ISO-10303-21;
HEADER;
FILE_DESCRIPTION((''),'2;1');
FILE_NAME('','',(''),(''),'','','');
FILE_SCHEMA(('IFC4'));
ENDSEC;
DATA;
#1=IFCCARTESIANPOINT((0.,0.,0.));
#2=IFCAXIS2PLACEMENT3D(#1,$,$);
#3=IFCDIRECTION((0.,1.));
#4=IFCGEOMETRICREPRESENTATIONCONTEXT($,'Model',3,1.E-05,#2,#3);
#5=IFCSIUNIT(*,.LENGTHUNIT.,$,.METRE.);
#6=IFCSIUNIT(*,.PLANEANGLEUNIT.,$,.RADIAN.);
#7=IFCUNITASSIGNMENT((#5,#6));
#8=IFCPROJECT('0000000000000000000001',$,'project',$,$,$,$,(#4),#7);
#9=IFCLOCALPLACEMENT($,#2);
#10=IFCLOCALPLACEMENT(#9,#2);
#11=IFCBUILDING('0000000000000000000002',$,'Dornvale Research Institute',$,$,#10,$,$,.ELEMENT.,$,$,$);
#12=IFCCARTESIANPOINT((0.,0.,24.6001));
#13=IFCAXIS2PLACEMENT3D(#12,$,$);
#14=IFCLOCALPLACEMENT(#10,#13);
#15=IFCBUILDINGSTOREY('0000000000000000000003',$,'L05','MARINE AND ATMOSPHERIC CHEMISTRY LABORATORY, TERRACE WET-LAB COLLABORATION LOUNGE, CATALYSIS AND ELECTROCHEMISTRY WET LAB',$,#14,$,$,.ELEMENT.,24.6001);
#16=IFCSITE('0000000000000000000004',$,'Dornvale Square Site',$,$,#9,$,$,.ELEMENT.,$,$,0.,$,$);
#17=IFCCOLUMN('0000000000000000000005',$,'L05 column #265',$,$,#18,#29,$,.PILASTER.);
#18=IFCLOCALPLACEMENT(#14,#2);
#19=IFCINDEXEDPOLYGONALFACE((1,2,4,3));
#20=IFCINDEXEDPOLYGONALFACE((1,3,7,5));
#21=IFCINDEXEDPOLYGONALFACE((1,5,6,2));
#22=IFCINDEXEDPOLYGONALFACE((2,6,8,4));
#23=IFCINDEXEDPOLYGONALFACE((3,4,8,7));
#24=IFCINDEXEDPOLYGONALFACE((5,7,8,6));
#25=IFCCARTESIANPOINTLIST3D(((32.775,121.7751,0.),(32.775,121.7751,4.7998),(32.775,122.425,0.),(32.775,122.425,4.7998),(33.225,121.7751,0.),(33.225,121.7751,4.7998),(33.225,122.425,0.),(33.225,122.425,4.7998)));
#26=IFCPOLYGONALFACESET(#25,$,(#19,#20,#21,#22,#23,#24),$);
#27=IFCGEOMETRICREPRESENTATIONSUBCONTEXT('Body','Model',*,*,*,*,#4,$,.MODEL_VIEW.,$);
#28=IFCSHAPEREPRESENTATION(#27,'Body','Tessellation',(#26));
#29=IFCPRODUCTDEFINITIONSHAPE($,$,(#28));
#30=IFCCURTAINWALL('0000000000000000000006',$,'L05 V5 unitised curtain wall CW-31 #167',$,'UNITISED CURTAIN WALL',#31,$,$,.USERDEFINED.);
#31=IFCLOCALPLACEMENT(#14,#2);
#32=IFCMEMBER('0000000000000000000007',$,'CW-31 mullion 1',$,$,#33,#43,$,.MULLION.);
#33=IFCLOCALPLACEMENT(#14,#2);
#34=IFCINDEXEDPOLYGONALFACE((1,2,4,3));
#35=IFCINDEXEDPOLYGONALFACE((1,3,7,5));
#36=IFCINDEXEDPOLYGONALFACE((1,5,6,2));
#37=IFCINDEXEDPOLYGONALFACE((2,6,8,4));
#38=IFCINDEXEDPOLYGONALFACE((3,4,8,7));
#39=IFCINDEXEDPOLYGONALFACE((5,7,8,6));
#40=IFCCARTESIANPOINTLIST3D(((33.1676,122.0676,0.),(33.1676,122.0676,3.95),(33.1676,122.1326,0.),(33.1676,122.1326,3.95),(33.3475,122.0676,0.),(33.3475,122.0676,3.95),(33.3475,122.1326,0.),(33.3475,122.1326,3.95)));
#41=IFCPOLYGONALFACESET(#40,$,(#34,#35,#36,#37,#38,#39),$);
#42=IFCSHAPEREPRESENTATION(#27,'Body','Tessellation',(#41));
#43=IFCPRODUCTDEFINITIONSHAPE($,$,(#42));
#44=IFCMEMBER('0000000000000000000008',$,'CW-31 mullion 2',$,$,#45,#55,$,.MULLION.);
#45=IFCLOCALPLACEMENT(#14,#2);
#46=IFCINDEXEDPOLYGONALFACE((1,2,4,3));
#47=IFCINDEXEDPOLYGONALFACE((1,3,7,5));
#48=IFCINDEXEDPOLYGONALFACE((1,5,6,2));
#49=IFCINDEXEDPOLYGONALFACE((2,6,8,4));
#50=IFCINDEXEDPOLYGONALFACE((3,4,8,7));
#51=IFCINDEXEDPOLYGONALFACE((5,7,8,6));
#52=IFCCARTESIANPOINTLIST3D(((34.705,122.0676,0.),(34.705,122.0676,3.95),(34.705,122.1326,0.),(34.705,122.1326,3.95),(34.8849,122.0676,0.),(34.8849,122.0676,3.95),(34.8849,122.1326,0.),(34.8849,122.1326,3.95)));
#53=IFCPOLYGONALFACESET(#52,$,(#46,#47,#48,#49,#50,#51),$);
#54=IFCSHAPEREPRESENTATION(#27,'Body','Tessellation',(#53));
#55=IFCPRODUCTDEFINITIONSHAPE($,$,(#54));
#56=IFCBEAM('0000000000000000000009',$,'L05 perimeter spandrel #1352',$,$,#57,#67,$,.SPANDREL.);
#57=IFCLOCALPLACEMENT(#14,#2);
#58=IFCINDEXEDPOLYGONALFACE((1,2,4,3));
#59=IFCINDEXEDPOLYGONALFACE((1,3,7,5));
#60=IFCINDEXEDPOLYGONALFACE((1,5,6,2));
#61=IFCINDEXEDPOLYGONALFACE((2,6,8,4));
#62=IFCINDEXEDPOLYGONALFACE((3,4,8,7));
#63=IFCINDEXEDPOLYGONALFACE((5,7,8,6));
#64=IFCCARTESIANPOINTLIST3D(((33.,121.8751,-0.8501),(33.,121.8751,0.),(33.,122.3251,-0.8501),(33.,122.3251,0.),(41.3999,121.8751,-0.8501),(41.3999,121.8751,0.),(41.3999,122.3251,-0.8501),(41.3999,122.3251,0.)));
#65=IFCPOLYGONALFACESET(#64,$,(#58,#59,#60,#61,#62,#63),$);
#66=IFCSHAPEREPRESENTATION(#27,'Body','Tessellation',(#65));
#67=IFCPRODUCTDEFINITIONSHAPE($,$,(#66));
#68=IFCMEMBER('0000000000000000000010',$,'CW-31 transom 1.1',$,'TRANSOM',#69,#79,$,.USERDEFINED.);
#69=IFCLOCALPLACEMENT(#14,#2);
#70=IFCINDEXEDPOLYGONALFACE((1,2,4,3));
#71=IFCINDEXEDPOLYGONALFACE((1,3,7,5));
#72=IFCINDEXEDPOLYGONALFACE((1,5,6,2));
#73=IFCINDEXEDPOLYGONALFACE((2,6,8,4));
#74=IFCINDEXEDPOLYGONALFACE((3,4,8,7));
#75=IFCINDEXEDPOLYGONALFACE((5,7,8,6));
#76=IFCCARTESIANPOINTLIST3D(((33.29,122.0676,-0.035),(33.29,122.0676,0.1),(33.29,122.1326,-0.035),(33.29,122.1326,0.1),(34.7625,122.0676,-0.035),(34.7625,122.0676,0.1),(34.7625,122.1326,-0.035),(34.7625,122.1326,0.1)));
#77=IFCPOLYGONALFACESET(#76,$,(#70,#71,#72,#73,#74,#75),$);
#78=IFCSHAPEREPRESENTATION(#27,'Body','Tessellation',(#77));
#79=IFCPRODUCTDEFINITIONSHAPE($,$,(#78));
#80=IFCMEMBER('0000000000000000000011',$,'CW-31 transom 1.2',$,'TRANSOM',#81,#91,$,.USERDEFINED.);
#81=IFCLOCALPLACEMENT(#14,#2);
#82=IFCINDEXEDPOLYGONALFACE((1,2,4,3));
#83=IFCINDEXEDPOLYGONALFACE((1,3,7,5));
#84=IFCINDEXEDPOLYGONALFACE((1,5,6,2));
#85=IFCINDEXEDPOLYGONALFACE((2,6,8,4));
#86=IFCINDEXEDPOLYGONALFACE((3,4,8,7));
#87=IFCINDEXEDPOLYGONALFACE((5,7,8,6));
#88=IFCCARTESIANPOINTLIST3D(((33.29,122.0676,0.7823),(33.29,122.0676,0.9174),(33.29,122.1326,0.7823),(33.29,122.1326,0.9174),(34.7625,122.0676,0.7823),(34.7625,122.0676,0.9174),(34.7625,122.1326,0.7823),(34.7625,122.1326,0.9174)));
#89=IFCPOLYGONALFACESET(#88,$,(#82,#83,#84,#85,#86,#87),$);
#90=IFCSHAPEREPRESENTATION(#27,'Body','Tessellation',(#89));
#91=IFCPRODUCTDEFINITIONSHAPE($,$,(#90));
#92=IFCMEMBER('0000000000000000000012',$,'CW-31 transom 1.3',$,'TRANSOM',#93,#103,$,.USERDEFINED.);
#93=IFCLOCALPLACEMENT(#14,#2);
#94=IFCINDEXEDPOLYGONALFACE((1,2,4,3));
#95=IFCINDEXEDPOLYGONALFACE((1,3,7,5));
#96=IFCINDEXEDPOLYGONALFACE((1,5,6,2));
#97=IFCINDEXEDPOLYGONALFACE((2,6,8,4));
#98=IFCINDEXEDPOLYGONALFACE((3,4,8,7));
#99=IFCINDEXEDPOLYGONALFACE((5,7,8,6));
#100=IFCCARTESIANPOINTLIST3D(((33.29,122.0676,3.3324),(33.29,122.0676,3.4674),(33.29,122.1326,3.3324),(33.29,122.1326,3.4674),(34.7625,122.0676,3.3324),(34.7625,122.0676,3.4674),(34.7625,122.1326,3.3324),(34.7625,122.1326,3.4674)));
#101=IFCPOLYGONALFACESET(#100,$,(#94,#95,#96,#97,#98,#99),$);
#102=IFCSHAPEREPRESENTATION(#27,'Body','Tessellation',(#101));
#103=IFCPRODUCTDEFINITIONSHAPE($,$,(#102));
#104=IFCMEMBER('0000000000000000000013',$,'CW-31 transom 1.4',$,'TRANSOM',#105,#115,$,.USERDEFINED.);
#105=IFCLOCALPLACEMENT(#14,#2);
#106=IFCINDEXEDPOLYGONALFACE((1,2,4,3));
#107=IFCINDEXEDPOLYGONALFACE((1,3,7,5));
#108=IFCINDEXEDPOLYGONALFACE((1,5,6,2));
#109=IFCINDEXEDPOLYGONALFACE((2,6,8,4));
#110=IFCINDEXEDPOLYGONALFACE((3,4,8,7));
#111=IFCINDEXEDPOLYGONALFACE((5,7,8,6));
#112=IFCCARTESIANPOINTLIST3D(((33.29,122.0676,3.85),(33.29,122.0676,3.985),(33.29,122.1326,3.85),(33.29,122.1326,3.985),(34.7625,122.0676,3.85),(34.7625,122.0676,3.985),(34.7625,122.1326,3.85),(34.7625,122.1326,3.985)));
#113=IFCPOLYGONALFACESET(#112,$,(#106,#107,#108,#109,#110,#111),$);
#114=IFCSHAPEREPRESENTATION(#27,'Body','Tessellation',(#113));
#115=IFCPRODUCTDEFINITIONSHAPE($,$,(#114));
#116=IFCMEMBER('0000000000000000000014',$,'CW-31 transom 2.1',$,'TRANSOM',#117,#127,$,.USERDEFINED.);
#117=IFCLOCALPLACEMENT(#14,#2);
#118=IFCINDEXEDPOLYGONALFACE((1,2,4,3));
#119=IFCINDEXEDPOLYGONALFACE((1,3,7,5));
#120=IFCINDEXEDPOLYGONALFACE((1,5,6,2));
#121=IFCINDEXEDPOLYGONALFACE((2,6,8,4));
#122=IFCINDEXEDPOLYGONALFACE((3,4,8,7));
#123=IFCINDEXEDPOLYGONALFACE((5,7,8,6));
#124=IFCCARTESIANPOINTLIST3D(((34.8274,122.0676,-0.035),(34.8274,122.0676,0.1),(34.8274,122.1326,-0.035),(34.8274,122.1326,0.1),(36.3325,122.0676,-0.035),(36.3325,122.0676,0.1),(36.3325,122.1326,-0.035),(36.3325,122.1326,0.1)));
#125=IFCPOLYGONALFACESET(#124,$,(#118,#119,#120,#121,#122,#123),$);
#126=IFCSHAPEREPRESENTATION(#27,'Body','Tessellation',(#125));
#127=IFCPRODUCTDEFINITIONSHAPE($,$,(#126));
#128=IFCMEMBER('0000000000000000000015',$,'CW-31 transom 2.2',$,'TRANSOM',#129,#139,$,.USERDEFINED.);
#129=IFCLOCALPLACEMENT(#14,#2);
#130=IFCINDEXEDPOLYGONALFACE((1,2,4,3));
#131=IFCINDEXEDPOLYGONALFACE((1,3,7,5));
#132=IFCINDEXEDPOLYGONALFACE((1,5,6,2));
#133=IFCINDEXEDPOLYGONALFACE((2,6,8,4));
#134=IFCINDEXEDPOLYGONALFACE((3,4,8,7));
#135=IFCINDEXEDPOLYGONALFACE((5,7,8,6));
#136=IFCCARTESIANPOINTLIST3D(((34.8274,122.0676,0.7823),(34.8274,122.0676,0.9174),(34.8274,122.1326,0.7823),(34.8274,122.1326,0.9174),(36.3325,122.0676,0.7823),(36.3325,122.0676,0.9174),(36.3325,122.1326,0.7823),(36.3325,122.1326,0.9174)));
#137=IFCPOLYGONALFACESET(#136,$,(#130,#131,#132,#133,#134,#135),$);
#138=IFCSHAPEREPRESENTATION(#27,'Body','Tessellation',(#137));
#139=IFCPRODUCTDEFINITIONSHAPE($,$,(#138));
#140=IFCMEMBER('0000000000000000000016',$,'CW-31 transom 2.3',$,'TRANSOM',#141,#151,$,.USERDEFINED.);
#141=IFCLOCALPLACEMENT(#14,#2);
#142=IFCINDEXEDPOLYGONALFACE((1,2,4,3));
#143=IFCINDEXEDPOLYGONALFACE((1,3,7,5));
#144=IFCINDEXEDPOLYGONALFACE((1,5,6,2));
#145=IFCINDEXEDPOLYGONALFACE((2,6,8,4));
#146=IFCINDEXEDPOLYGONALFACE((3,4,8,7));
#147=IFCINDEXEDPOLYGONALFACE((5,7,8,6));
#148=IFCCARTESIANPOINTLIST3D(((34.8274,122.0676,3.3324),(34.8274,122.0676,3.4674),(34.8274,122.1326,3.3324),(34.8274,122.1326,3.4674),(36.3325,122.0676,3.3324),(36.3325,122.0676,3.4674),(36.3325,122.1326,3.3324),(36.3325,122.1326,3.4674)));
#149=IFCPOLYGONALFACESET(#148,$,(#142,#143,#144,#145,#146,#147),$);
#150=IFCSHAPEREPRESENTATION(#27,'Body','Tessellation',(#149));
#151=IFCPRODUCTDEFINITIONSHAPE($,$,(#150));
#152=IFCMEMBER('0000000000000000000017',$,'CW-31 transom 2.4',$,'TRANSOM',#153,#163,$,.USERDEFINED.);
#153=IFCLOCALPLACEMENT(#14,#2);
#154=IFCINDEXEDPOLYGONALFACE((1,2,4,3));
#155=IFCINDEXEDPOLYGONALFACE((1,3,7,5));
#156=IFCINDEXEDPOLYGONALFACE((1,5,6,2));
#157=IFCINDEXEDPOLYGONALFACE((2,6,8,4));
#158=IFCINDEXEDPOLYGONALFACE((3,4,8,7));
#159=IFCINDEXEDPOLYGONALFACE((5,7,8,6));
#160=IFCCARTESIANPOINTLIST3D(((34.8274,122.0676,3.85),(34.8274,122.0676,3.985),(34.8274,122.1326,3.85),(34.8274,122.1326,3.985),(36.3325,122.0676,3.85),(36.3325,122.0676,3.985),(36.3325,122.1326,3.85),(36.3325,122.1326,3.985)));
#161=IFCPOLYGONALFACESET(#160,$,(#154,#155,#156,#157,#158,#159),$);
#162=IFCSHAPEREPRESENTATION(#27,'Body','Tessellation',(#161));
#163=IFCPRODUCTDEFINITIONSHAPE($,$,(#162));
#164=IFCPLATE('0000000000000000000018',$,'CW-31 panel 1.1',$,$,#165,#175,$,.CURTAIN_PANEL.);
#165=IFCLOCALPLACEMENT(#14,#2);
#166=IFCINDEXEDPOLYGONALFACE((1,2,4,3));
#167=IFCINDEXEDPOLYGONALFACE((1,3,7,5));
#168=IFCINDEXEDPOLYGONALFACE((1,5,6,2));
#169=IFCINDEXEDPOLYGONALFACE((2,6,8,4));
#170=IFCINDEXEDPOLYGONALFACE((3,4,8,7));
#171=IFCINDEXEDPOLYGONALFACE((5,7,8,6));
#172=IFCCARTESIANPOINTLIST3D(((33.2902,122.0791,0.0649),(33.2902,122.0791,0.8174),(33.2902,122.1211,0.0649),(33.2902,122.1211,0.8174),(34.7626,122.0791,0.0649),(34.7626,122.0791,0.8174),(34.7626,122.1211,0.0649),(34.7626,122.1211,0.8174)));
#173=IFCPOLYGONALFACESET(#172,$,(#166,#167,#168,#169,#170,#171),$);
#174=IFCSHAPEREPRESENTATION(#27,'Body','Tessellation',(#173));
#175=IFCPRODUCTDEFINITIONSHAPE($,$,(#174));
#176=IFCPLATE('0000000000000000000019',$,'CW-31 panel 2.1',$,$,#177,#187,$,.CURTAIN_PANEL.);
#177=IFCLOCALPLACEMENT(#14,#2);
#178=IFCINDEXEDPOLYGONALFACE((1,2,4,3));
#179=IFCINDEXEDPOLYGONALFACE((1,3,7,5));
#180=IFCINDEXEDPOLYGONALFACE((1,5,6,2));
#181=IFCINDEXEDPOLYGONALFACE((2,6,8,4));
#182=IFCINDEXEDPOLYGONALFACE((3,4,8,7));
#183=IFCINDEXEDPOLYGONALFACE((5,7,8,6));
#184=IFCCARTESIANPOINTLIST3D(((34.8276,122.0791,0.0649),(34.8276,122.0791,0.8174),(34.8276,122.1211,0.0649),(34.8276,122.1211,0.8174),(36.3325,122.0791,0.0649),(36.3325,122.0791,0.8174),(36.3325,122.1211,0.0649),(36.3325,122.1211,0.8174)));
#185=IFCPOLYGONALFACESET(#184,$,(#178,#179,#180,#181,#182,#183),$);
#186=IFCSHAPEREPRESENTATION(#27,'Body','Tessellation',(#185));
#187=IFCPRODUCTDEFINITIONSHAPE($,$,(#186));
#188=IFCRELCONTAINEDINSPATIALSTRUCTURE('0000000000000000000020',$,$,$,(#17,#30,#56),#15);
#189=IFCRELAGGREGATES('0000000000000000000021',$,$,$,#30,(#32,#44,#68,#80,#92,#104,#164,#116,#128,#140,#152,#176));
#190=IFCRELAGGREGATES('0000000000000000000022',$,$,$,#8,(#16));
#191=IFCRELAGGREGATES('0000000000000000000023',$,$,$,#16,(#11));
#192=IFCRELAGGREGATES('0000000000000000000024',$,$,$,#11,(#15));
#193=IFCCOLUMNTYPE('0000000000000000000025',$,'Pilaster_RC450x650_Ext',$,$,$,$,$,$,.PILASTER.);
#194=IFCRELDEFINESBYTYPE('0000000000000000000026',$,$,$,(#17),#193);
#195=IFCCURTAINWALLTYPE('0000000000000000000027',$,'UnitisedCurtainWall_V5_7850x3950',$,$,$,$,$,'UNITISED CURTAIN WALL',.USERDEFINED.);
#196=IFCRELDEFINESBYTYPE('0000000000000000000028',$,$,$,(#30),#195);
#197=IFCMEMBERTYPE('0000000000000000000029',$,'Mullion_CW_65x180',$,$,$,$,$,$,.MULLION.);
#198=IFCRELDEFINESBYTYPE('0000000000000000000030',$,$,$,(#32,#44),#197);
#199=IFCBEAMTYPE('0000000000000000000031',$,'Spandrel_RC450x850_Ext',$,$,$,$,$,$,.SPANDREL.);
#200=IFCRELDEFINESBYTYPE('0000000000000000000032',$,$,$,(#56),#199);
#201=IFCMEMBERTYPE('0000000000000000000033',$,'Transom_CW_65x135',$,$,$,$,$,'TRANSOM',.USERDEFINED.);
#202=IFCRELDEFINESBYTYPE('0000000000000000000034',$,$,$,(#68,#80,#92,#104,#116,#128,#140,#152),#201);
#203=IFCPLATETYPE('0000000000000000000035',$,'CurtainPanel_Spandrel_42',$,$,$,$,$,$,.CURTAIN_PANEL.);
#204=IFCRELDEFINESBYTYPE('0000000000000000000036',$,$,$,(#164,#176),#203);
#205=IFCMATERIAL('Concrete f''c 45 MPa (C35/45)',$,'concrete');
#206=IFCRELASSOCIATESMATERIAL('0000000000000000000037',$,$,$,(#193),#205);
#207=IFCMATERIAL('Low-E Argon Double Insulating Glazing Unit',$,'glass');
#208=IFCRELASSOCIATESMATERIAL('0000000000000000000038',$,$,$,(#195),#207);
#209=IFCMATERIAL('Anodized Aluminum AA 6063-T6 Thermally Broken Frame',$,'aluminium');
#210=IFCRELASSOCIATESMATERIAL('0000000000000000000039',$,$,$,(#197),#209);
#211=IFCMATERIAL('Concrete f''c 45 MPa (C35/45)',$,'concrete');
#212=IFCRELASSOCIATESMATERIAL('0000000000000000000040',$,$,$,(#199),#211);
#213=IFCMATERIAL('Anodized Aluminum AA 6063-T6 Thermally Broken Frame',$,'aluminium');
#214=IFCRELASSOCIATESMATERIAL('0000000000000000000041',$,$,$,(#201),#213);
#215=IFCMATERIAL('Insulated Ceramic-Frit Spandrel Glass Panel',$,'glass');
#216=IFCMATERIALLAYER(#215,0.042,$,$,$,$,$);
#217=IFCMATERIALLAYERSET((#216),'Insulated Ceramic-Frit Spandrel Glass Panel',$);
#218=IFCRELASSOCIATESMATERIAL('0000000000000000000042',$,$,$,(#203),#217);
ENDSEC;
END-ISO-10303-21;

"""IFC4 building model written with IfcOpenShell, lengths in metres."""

from ifc_helpers import new_model, si_unit, direction, frame, origin, origin_2d, place, context, subcontext, project, spatial, rectangle, extrude, material, layer, layer_set, material_profile, profile_set, type_object, element, aggregate, save


model = new_model("IFC4")

# Units and contexts
model_context = context("Model", 3, precision=1e-05, world=origin(), true_north=direction((0.0, 1.0)))
body_context = subcontext(model_context, "Body", "Model", "MODEL_VIEW")
ifc_project = project(units=[si_unit("LENGTHUNIT", "METRE"), si_unit("PLANEANGLEUNIT", "RADIAN")], contexts=[model_context])

# Site, building, storey
site_placement = place(None, origin())
site = spatial("IfcSite", under=ifc_project, at=site_placement, Name="Dornvale Square Site", CompositionType="ELEMENT", RefElevation=0.0)
building_placement = place(site_placement, origin())
building = spatial("IfcBuilding", under=site, at=building_placement, Name="Dornvale Research Institute", CompositionType="ELEMENT")
storey_placement = place(building_placement, frame((0.0, 0.0, 24.6001)))
storey = spatial("IfcBuildingStorey", under=building, at=storey_placement, Name="L05", Description="MARINE AND ATMOSPHERIC CHEMISTRY LABORATORY, TERRACE WET-LAB COLLABORATION LOUNGE, CATALYSIS AND ELECTROCHEMISTRY WET LAB", CompositionType="ELEMENT", Elevation=24.6001)

# Column
ifc_material_1 = material(Name="Concrete f'c 45 MPa (C35/45)", Category="concrete")
ifc_material_profile_1 = material_profile(ifc_material_1, rectangle(XDim=0.45, YDim=0.6499, at=origin_2d()), Name="RC 450x650")
ifc_profile_set_1 = profile_set([ifc_material_profile_1], Name="Concrete f'c 45 MPa (C35/45)")
column_type = type_object("IfcColumnType", Name="Pilaster_RC450x650_Ext", PredefinedType="PILASTER", material=ifc_profile_set_1)
column_placement = place(storey_placement, frame((33.0, 122.1001, 0.0), z_axis=(0.0, 0.0, 1.0), x_axis=(1.0, 0.0, 0.0)))
element("IfcColumn", 1, at=column_placement, inside=storey, type_object=column_type, Name="L05 column #265", PredefinedType="PILASTER", context=body_context, shape_type="SweptSolid", body=[
    extrude(rectangle(XDim=0.45, YDim=0.6499, at=origin_2d()), origin(), (0.0, 0.0, 1.0), 4.7998),
])

# Curtain wall, members
ifc_material_2 = material(Name="Low-E Argon Double Insulating Glazing Unit", Category="glass")
curtain_wall_type = type_object("IfcCurtainWallType", Name="UnitisedCurtainWall_V5_7850x3950", ElementType="UNITISED CURTAIN WALL", PredefinedType="USERDEFINED", material=ifc_material_2)
curtain_wall_placement = place(storey_placement, origin())
curtain_wall = element("IfcCurtainWall", 2, at=curtain_wall_placement, inside=storey, type_object=curtain_wall_type, Name="L05 V5 unitised curtain wall CW-31 #167", ObjectType="UNITISED CURTAIN WALL", PredefinedType="USERDEFINED")
ifc_material_3 = material(Name="Anodized Aluminum AA 6063-T6 Thermally Broken Frame", Category="aluminium")
ifc_material_profile_2 = material_profile(ifc_material_3, rectangle(XDim=0.0649, YDim=0.1799, at=origin_2d()), Name="ALU MULLION 65x180")
ifc_profile_set_2 = profile_set([ifc_material_profile_2], Name="Anodized Aluminum AA 6063-T6 Thermally Broken Frame")
member_type_1 = type_object("IfcMemberType", Name="Mullion_CW_65x180", PredefinedType="MULLION", material=ifc_profile_set_2)
member_1_placement = place(storey_placement, frame((33.2576, 122.1001, 0.0), z_axis=(0.0, 0.0, 1.0), x_axis=(0.0, 1.0, 0.0)))
member_1 = element("IfcMember", 3, at=member_1_placement, type_object=member_type_1, Name="CW-31 mullion 1", PredefinedType="MULLION", context=body_context, shape_type="SweptSolid", body=[
    extrude(rectangle(XDim=0.0649, YDim=0.1799, at=origin_2d()), origin(), (0.0, 0.0, 1.0), 3.95),
])
member_2_placement = place(storey_placement, frame((34.7949, 122.1001, 0.0), z_axis=(0.0, 0.0, 1.0), x_axis=(0.0, 1.0, 0.0)))
member_2 = element("IfcMember", 4, at=member_2_placement, type_object=member_type_1, Name="CW-31 mullion 2", PredefinedType="MULLION", context=body_context, shape_type="SweptSolid", body=[
    extrude(rectangle(XDim=0.0649, YDim=0.1799, at=origin_2d()), origin(), (0.0, 0.0, 1.0), 3.95),
])

# Beam
ifc_material_4 = material(Name="Concrete f'c 45 MPa (C35/45)", Category="concrete")
ifc_material_profile_3 = material_profile(ifc_material_4, rectangle(XDim=0.45, YDim=0.8501, at=origin_2d()), Name="RC 450x850")
ifc_profile_set_3 = profile_set([ifc_material_profile_3], Name="Concrete f'c 45 MPa (C35/45)")
beam_type = type_object("IfcBeamType", Name="Spandrel_RC450x850_Ext", PredefinedType="SPANDREL", material=ifc_profile_set_3)
beam_placement = place(storey_placement, frame((33.0, 122.1001, -0.425), z_axis=(1.0, 0.0, 0.0), x_axis=(0.0, 1.0, 0.0)))
element("IfcBeam", 5, at=beam_placement, inside=storey, type_object=beam_type, Name="L05 perimeter spandrel #1352", PredefinedType="SPANDREL", context=body_context, shape_type="SweptSolid", body=[
    extrude(rectangle(XDim=0.45, YDim=0.8501, at=origin_2d()), origin(), (0.0, 0.0, 1.0), 8.3999),
])

# Members
ifc_material_5 = material(Name="Anodized Aluminum AA 6063-T6 Thermally Broken Frame", Category="aluminium")
ifc_material_profile_4 = material_profile(ifc_material_5, rectangle(XDim=0.0649, YDim=0.135, at=origin_2d()), Name="ALU TRANSOM 65x135")
ifc_profile_set_4 = profile_set([ifc_material_profile_4], Name="Anodized Aluminum AA 6063-T6 Thermally Broken Frame")
member_type_2 = type_object("IfcMemberType", Name="Transom_CW_65x135", ElementType="TRANSOM", PredefinedType="USERDEFINED", material=ifc_profile_set_4)
member_3_placement = place(storey_placement, frame((33.29, 122.1001, 0.0325), z_axis=(1.0, 0.0, 0.0), x_axis=(0.0, 1.0, 0.0)))
member_3 = element("IfcMember", 6, at=member_3_placement, type_object=member_type_2, Name="CW-31 transom 1.1", ObjectType="TRANSOM", PredefinedType="USERDEFINED", context=body_context, shape_type="SweptSolid", body=[
    extrude(rectangle(XDim=0.0649, YDim=0.135, at=origin_2d()), origin(), (0.0, 0.0, 1.0), 1.4724),
])
member_4_placement = place(storey_placement, frame((33.29, 122.1001, 0.8499), z_axis=(1.0, 0.0, 0.0), x_axis=(0.0, 1.0, 0.0)))
member_4 = element("IfcMember", 7, at=member_4_placement, type_object=member_type_2, Name="CW-31 transom 1.2", ObjectType="TRANSOM", PredefinedType="USERDEFINED", context=body_context, shape_type="SweptSolid", body=[
    extrude(rectangle(XDim=0.0649, YDim=0.135, at=origin_2d()), origin(), (0.0, 0.0, 1.0), 1.4724),
])
member_5_placement = place(storey_placement, frame((33.29, 122.1001, 3.3999), z_axis=(1.0, 0.0, 0.0), x_axis=(0.0, 1.0, 0.0)))
member_5 = element("IfcMember", 8, at=member_5_placement, type_object=member_type_2, Name="CW-31 transom 1.3", ObjectType="TRANSOM", PredefinedType="USERDEFINED", context=body_context, shape_type="SweptSolid", body=[
    extrude(rectangle(XDim=0.0649, YDim=0.135, at=origin_2d()), origin(), (0.0, 0.0, 1.0), 1.4724),
])
member_6_placement = place(storey_placement, frame((33.29, 122.1001, 3.9175), z_axis=(1.0, 0.0, 0.0), x_axis=(0.0, 1.0, 0.0)))
member_6 = element("IfcMember", 9, at=member_6_placement, type_object=member_type_2, Name="CW-31 transom 1.4", ObjectType="TRANSOM", PredefinedType="USERDEFINED", context=body_context, shape_type="SweptSolid", body=[
    extrude(rectangle(XDim=0.0649, YDim=0.135, at=origin_2d()), origin(), (0.0, 0.0, 1.0), 1.4724),
])
member_7_placement = place(storey_placement, frame((34.8274, 122.1001, 0.0325), z_axis=(1.0, 0.0, 0.0), x_axis=(0.0, 1.0, 0.0)))
member_7 = element("IfcMember", 10, at=member_7_placement, type_object=member_type_2, Name="CW-31 transom 2.1", ObjectType="TRANSOM", PredefinedType="USERDEFINED", context=body_context, shape_type="SweptSolid", body=[
    extrude(rectangle(XDim=0.0649, YDim=0.135, at=origin_2d()), origin(), (0.0, 0.0, 1.0), 1.5051),
])
member_8_placement = place(storey_placement, frame((34.8274, 122.1001, 0.8499), z_axis=(1.0, 0.0, 0.0), x_axis=(0.0, 1.0, 0.0)))
member_8 = element("IfcMember", 11, at=member_8_placement, type_object=member_type_2, Name="CW-31 transom 2.2", ObjectType="TRANSOM", PredefinedType="USERDEFINED", context=body_context, shape_type="SweptSolid", body=[
    extrude(rectangle(XDim=0.0649, YDim=0.135, at=origin_2d()), origin(), (0.0, 0.0, 1.0), 1.5051),
])
member_9_placement = place(storey_placement, frame((34.8274, 122.1001, 3.3999), z_axis=(1.0, 0.0, 0.0), x_axis=(0.0, 1.0, 0.0)))
member_9 = element("IfcMember", 12, at=member_9_placement, type_object=member_type_2, Name="CW-31 transom 2.3", ObjectType="TRANSOM", PredefinedType="USERDEFINED", context=body_context, shape_type="SweptSolid", body=[
    extrude(rectangle(XDim=0.0649, YDim=0.135, at=origin_2d()), origin(), (0.0, 0.0, 1.0), 1.5051),
])
member_10_placement = place(storey_placement, frame((34.8274, 122.1001, 3.9175), z_axis=(1.0, 0.0, 0.0), x_axis=(0.0, 1.0, 0.0)))
member_10 = element("IfcMember", 13, at=member_10_placement, type_object=member_type_2, Name="CW-31 transom 2.4", ObjectType="TRANSOM", PredefinedType="USERDEFINED", context=body_context, shape_type="SweptSolid", body=[
    extrude(rectangle(XDim=0.0649, YDim=0.135, at=origin_2d()), origin(), (0.0, 0.0, 1.0), 1.5051),
])

# Plates
ifc_material_6 = material(Name="Insulated Ceramic-Frit Spandrel Glass Panel", Category="glass")
ifc_layer_1 = layer(ifc_material_6, 0.042)
ifc_layer_set_1 = layer_set([ifc_layer_1], Name="Insulated Ceramic-Frit Spandrel Glass Panel")
plate_type_1 = type_object("IfcPlateType", Name="CurtainPanel_Spandrel_42", PredefinedType="CURTAIN_PANEL", material=ifc_layer_set_1)
plate_1_placement = place(storey_placement, frame((34.0264, 122.1001, 0.0649), z_axis=(0.0, 0.0, 1.0), x_axis=(1.0, 0.0, 0.0)))
plate_1 = element("IfcPlate", 14, at=plate_1_placement, type_object=plate_type_1, Name="CW-31 panel 1.1", PredefinedType="CURTAIN_PANEL", context=body_context, shape_type="SweptSolid", body=[
    extrude(rectangle(XDim=1.4724, YDim=0.042, at=origin_2d()), origin(), (0.0, 0.0, 1.0), 0.7524),
])
plate_2_placement = place(storey_placement, frame((35.5801, 122.1001, 0.0649), z_axis=(0.0, 0.0, 1.0), x_axis=(1.0, 0.0, 0.0)))
plate_2 = element("IfcPlate", 15, at=plate_2_placement, type_object=plate_type_1, Name="CW-31 panel 2.1", PredefinedType="CURTAIN_PANEL", context=body_context, shape_type="SweptSolid", body=[
    extrude(rectangle(XDim=1.5049, YDim=0.042, at=origin_2d()), origin(), (0.0, 0.0, 1.0), 0.7524),
])
aggregate(curtain_wall, [member_1, member_2, member_3, member_4, member_5, member_6, plate_1, member_7, member_8, member_9, member_10, plate_2])

save(model, "model.ifc")
